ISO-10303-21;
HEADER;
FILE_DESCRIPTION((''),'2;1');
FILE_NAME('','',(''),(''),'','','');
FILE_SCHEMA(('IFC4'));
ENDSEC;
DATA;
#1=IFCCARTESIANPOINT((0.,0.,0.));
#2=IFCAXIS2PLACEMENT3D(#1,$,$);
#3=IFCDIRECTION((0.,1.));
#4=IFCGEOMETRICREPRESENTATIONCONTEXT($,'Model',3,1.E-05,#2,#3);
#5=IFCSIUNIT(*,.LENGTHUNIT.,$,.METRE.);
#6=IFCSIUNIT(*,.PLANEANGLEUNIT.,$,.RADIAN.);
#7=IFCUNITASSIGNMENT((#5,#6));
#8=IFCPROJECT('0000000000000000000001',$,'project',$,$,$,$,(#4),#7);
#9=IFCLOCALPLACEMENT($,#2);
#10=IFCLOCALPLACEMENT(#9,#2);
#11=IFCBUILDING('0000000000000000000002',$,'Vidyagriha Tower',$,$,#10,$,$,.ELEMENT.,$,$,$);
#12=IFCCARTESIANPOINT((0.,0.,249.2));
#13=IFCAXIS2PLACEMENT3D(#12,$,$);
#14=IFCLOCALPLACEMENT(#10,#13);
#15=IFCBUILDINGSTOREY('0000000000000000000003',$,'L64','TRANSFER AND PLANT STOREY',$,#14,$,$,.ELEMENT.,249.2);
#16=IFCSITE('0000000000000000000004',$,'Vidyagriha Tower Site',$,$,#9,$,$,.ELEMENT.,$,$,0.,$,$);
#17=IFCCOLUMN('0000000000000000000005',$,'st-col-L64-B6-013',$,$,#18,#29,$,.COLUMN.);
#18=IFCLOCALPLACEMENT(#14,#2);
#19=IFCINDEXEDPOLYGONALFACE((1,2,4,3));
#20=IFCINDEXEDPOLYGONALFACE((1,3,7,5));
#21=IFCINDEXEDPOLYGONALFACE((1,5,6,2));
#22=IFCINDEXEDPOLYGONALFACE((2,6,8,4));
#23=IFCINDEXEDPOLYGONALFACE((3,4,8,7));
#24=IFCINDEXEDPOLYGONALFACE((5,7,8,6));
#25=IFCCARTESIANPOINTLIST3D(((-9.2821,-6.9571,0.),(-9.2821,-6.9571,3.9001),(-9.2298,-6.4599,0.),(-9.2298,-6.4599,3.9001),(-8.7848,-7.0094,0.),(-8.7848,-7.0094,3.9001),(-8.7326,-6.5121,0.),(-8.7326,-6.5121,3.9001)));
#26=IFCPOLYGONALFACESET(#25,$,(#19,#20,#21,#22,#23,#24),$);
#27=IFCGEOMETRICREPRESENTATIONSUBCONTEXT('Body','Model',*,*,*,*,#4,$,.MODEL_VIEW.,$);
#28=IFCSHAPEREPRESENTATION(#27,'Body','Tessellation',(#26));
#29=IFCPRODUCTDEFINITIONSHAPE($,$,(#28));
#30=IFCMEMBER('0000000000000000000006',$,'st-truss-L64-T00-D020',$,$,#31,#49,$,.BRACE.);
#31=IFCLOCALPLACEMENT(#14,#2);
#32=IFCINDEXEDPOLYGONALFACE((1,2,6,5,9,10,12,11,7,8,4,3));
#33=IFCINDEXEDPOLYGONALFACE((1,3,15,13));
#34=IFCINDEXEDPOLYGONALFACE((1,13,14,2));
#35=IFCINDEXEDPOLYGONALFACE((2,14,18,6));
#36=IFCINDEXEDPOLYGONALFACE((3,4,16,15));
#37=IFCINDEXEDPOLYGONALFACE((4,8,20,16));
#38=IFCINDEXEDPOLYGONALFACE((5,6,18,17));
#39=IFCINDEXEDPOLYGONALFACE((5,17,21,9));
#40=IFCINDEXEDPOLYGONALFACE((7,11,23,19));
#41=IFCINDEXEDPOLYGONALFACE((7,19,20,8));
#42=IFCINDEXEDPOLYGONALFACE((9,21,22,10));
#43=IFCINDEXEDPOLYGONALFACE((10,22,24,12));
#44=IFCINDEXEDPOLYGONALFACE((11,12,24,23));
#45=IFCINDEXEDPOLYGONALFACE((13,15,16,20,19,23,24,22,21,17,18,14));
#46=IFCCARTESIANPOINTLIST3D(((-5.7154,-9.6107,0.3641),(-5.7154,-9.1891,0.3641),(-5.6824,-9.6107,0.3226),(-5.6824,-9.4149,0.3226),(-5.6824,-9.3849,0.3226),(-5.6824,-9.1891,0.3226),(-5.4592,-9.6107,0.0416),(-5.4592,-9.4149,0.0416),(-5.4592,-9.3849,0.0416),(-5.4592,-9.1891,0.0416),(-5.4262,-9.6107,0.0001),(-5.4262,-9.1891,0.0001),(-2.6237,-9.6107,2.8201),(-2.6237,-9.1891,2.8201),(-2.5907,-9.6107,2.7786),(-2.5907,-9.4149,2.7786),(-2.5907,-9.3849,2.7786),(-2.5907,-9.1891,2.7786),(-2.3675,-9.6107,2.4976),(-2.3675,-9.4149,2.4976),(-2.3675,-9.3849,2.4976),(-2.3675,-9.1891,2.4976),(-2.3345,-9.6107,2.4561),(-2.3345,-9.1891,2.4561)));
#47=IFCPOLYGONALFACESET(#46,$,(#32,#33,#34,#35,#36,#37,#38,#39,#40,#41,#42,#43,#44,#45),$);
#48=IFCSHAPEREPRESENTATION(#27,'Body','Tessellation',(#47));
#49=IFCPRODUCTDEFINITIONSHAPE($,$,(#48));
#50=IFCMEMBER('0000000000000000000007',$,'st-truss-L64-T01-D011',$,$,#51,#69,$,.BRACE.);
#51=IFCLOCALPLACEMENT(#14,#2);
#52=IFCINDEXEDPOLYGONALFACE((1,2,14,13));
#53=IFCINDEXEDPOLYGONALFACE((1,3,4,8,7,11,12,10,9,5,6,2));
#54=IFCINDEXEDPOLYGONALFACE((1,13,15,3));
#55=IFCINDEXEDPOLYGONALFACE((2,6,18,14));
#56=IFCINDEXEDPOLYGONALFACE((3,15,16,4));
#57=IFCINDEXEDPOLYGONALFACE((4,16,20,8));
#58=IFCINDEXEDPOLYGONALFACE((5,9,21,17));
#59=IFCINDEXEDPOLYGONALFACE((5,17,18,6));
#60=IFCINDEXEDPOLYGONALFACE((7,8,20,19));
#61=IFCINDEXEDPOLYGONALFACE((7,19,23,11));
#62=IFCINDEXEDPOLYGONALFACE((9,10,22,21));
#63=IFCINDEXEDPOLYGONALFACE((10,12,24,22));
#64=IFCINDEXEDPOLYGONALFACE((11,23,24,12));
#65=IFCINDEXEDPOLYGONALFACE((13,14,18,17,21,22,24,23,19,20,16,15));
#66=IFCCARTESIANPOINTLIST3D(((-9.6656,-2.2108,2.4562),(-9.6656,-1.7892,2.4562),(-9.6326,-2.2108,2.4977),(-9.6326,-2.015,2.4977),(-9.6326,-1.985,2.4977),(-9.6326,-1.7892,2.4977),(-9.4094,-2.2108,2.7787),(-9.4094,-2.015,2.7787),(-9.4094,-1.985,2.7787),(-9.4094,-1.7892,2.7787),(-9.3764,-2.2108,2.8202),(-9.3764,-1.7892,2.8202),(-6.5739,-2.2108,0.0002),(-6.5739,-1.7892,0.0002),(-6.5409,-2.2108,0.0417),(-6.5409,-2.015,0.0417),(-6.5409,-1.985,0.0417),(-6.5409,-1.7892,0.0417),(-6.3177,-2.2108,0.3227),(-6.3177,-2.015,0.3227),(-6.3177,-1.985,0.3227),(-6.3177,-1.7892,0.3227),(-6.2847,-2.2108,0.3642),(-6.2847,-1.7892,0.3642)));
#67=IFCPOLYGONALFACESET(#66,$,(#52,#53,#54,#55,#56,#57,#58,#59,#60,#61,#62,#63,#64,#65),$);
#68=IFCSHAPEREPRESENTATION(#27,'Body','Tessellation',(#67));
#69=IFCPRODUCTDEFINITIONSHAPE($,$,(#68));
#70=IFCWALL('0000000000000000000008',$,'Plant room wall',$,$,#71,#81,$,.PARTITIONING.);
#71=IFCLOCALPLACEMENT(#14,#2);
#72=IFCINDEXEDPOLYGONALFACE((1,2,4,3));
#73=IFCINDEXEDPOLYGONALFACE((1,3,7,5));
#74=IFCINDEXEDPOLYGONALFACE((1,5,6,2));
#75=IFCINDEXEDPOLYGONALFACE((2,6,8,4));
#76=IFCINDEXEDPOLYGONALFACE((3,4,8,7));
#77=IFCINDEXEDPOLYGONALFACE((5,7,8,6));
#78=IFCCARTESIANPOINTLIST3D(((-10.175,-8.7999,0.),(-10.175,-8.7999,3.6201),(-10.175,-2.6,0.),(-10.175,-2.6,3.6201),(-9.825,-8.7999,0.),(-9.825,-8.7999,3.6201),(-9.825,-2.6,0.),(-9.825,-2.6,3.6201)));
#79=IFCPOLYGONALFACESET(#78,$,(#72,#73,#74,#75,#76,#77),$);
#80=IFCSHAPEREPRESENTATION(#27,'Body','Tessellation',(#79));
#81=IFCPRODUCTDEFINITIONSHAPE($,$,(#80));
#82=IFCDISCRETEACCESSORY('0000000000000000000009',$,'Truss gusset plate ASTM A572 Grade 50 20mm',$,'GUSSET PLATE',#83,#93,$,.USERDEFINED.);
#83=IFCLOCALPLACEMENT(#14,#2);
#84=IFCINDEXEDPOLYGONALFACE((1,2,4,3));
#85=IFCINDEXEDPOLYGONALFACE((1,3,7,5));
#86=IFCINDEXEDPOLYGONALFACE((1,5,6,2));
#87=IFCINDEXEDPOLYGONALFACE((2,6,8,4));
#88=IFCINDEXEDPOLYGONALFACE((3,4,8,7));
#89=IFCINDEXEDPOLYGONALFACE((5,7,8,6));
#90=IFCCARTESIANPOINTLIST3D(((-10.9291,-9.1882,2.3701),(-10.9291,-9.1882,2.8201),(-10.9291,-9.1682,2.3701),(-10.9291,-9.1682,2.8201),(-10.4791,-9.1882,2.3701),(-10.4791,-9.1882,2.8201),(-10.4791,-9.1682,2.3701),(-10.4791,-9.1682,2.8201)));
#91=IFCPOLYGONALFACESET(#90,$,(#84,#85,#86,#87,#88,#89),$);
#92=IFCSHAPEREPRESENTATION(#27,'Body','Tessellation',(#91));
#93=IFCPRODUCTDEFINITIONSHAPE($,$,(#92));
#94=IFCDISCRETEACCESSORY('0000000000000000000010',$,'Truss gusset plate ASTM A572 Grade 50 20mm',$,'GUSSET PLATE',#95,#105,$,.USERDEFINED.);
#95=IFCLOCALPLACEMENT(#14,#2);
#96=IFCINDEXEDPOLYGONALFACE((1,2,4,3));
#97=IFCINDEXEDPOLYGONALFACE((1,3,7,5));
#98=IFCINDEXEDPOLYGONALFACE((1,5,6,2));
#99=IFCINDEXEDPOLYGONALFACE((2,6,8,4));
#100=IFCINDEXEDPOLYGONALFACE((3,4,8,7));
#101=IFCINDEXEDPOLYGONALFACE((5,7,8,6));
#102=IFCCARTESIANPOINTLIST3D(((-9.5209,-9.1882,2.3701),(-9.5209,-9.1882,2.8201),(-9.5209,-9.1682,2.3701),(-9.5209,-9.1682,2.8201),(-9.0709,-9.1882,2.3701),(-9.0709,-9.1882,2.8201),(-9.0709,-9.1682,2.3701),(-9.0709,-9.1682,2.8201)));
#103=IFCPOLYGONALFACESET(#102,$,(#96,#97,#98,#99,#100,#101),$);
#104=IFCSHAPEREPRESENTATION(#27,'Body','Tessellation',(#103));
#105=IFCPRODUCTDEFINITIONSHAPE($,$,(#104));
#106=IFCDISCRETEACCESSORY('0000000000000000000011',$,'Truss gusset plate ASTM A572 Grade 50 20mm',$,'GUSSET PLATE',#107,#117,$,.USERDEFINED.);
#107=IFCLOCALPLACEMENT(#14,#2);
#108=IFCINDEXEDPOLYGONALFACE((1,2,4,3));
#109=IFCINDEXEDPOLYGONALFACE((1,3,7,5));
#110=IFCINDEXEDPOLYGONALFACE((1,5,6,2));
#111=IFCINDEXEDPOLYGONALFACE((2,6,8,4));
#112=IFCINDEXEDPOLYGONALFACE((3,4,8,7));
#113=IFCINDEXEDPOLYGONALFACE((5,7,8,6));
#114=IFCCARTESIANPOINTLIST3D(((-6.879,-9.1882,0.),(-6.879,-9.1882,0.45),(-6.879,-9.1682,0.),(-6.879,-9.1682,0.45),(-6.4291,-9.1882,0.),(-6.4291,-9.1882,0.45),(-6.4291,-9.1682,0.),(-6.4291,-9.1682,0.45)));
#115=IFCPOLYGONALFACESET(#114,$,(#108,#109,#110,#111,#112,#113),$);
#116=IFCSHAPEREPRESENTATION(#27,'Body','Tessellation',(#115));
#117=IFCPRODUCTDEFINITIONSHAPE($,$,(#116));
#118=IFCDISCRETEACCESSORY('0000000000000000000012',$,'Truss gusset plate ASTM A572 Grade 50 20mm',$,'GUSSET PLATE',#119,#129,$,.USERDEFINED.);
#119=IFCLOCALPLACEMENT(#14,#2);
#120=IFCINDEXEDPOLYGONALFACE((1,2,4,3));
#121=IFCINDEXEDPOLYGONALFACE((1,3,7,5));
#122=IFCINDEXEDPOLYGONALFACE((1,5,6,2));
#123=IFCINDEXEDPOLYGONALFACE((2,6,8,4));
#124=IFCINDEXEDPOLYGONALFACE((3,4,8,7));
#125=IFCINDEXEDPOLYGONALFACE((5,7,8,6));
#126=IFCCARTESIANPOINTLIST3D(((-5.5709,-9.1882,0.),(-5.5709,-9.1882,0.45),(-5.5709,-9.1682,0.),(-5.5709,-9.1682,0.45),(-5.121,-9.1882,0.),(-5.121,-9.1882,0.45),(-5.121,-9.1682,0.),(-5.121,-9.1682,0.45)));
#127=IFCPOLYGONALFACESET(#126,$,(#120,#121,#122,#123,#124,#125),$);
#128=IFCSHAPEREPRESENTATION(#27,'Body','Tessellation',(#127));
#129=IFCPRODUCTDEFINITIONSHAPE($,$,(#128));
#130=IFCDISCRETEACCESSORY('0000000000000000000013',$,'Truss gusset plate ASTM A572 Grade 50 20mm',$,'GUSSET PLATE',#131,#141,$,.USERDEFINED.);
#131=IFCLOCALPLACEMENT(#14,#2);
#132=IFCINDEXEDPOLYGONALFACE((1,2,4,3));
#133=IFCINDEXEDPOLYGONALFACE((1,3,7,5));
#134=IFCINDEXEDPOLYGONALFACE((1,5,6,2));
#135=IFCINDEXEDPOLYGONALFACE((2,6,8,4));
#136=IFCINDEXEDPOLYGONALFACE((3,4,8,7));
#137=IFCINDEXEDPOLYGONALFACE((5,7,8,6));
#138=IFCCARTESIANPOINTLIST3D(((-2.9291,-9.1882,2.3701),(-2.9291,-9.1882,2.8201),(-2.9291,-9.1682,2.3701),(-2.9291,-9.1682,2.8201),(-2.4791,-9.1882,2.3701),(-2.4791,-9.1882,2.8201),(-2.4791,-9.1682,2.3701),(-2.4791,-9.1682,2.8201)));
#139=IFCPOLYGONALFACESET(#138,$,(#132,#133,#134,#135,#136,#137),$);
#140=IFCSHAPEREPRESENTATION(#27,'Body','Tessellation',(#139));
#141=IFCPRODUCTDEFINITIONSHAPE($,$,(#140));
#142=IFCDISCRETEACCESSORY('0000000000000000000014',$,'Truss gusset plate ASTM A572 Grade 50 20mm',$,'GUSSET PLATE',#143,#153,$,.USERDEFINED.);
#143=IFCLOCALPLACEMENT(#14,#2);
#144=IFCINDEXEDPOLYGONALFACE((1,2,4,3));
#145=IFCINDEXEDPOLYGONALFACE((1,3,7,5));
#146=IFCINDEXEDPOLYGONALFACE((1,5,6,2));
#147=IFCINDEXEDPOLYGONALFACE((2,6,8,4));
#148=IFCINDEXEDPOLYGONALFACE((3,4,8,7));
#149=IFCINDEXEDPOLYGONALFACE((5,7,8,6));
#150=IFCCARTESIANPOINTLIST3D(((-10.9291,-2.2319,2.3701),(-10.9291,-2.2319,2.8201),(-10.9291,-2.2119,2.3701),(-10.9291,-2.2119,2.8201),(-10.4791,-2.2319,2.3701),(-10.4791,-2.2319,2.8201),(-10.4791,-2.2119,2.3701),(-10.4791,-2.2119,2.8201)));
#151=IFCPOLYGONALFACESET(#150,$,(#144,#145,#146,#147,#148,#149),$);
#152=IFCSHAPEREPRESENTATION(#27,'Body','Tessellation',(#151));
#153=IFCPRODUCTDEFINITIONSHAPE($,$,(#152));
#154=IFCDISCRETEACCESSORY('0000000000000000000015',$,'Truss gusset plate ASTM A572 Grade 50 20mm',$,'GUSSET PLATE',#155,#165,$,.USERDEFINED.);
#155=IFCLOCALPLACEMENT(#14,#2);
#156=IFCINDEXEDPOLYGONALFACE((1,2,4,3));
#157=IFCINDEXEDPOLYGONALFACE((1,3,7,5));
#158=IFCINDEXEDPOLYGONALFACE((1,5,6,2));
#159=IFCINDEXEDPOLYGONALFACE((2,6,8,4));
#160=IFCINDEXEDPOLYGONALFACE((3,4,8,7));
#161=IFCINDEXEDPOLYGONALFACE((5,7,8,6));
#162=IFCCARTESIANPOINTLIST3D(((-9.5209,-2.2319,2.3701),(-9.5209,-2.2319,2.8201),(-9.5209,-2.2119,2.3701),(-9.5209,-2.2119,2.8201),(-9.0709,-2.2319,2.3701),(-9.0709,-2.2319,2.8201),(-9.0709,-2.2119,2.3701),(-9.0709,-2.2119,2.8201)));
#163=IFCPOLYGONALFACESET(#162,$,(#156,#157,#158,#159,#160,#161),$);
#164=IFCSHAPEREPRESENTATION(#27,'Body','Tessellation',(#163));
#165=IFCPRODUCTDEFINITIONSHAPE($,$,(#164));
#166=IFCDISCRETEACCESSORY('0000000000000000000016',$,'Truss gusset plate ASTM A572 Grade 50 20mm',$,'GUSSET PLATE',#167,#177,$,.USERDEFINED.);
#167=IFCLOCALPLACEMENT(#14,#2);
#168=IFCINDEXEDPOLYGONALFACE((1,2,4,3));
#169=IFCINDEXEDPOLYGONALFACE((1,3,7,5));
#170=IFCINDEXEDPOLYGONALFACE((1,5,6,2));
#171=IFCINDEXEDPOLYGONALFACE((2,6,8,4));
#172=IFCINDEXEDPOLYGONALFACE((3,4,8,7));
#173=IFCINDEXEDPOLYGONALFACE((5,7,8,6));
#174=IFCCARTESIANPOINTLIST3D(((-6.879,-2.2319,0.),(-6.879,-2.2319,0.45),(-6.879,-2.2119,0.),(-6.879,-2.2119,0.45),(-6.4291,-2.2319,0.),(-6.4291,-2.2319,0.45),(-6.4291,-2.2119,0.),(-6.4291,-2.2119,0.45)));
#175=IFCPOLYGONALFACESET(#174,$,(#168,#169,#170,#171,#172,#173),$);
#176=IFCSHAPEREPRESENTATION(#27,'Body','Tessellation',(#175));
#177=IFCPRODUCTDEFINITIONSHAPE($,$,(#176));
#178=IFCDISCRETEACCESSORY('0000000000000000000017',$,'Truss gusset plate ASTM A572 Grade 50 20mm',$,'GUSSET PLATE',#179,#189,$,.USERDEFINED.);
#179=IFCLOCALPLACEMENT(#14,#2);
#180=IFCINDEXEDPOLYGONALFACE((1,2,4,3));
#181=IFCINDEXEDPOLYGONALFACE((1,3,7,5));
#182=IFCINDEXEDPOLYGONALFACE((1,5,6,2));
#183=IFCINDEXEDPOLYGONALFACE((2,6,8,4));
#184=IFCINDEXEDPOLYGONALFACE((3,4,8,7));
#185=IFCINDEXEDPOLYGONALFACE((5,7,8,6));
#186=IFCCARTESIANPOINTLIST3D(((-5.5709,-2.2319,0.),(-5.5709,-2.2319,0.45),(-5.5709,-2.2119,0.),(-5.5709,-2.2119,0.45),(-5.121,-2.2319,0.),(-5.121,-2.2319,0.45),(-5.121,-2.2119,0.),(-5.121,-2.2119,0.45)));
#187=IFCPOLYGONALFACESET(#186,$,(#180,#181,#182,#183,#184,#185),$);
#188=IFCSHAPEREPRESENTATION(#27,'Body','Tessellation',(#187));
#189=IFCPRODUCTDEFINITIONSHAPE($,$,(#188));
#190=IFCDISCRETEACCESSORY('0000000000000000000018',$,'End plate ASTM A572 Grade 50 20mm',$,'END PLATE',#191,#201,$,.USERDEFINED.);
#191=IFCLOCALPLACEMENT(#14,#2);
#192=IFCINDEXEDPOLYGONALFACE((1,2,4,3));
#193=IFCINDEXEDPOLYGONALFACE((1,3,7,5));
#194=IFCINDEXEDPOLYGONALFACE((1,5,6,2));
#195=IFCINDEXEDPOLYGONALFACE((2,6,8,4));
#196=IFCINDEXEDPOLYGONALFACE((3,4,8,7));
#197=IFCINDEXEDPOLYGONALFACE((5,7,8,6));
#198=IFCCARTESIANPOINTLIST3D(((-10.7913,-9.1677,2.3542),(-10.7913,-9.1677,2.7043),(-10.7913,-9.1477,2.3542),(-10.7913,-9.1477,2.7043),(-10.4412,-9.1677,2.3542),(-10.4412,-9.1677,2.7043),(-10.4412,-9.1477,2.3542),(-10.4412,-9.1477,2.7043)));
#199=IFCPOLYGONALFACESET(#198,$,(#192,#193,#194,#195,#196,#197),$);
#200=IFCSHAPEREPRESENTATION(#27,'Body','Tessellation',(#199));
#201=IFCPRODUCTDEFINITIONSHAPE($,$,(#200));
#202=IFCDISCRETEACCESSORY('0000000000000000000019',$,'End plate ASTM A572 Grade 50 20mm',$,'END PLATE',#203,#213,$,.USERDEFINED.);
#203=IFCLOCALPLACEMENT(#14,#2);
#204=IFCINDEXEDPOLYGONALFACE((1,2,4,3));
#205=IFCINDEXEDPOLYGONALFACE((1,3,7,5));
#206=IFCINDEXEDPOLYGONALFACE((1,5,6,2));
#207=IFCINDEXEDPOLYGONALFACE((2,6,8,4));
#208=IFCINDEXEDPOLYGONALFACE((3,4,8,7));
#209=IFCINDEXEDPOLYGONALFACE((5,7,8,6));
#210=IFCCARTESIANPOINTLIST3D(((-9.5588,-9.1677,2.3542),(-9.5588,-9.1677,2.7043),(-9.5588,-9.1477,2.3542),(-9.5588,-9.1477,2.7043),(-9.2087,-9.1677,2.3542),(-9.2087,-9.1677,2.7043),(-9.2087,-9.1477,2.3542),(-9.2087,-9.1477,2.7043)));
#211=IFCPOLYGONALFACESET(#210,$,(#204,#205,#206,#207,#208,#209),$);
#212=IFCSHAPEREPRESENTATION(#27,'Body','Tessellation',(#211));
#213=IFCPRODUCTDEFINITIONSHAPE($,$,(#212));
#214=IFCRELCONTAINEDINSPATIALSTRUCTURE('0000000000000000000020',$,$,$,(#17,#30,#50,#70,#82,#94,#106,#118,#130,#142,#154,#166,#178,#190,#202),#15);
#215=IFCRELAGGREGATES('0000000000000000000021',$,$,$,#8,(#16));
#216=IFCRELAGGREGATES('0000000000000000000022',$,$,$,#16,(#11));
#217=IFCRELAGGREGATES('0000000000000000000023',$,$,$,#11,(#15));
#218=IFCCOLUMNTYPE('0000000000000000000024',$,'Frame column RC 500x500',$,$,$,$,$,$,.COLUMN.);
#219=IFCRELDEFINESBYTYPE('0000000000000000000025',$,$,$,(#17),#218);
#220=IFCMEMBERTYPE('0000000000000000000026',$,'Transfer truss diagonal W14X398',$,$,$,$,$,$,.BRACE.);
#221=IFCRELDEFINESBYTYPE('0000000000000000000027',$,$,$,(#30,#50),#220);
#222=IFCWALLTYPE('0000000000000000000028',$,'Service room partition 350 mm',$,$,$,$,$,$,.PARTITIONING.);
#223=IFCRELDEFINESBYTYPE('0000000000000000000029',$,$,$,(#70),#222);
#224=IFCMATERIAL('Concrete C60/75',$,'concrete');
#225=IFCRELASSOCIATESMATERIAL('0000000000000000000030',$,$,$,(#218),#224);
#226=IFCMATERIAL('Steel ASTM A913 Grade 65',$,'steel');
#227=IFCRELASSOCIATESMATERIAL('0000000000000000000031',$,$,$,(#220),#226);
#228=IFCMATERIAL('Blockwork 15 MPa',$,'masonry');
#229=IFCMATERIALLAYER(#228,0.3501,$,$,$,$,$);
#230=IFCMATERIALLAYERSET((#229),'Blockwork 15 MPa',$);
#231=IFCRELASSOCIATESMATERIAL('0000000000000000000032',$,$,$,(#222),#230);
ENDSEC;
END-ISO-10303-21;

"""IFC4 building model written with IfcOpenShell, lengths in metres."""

from ifc_helpers import new_model, si_unit, direction, frame, frame_2d, origin, origin_2d, place, context, subcontext, project, spatial, rectangle, i_section, extrude, material, layer, layer_set, material_profile, profile_set, type_object, element, save


model = new_model("IFC4")

# Units and contexts
model_context = context("Model", 3, precision=1e-05, world=origin(), true_north=direction((0.0, 1.0)))
body_context = subcontext(model_context, "Body", "Model", "MODEL_VIEW")
ifc_project = project(units=[si_unit("LENGTHUNIT", "METRE"), si_unit("PLANEANGLEUNIT", "RADIAN")], contexts=[model_context])

# Site, building, storey
site_placement = place(None, origin())
site = spatial("IfcSite", under=ifc_project, at=site_placement, Name="Vidyagriha Tower Site", CompositionType="ELEMENT", RefElevation=0.0)
building_placement = place(site_placement, origin())
building = spatial("IfcBuilding", under=site, at=building_placement, Name="Vidyagriha Tower", CompositionType="ELEMENT")
storey_placement = place(building_placement, frame((0.0, 0.0, 249.2)))
storey = spatial("IfcBuildingStorey", under=building, at=storey_placement, Name="L64", Description="TRANSFER AND PLANT STOREY", CompositionType="ELEMENT", Elevation=249.2)

# Column
ifc_material_1 = material(Name="Concrete C60/75", Category="concrete")
ifc_material_profile_1 = material_profile(ifc_material_1, rectangle(XDim=0.5, YDim=0.5, at=origin_2d()), Name="RC 500x500")
ifc_profile_set_1 = profile_set([ifc_material_profile_1], Name="Concrete C60/75")
column_type = type_object("IfcColumnType", Name="Frame column RC 500x500", PredefinedType="COLUMN", material=ifc_profile_set_1)
column_placement = place(storey_placement, frame((-9.0073, -6.7346, 0.0), z_axis=(0.0, 0.0, 1.0), x_axis=(0.994522, -0.104528, 0.0)))
element("IfcColumn", 1, at=column_placement, inside=storey, type_object=column_type, Name="st-col-L64-B6-013", PredefinedType="COLUMN", context=body_context, shape_type="SweptSolid", body=[
    extrude(rectangle(XDim=0.5, YDim=0.5, at=origin_2d()), origin(), (0.0, 0.0, 1.0), 3.9001),
])

# Members
ifc_material_2 = material(Name="Steel ASTM A913 Grade 65", Category="steel")
ifc_material_profile_2 = material_profile(ifc_material_2, i_section(OverallWidth=0.4216, OverallDepth=0.4648, WebThickness=0.03, FlangeThickness=0.053, at=origin_2d()), Name="W14X398")
ifc_profile_set_2 = profile_set([ifc_material_profile_2], Name="Steel ASTM A913 Grade 65")
member_type = type_object("IfcMemberType", Name="Transfer truss diagonal W14X398", PredefinedType="BRACE", material=ifc_profile_set_2)
for number, where, z_axis, x_axis, name in (
    (2, (-5.5708, -9.3999, 0.1821), (0.783012, 0.0, 0.622007), (0.0, 1.0, 0.0), "st-truss-L64-T00-D020"),
    (3, (-9.521, -2.0, 2.6382), (0.783012, 0.0, -0.622007), (0.0, 1.0, 0.0), "st-truss-L64-T01-D011"),
):
    element("IfcMember", number, at=place(storey_placement, frame(where, z_axis=z_axis, x_axis=x_axis)), inside=storey, type_object=member_type, Name=name, PredefinedType="BRACE", context=body_context, shape_type="SweptSolid", body=[
        extrude(i_section(OverallWidth=0.4216, OverallDepth=0.4648, WebThickness=0.03, FlangeThickness=0.053, at=origin_2d()), origin(), (0.0, 0.0, 1.0), 3.9485),
    ])

# Wall
ifc_material_3 = material(Name="Blockwork 15 MPa", Category="masonry")
ifc_layer = layer(ifc_material_3, 0.3501)
ifc_layer_set = layer_set([ifc_layer], Name="Blockwork 15 MPa")
wall_type = type_object("IfcWallType", Name="Service room partition 350 mm", PredefinedType="PARTITIONING", material=ifc_layer_set)
wall_placement = place(storey_placement, frame((-10.0, -8.8, 0.0), z_axis=(0.0, 0.0, 1.0), x_axis=(0.0, 1.0, 0.0)))
element("IfcWall", 4, at=wall_placement, inside=storey, type_object=wall_type, Name="Plant room wall", PredefinedType="PARTITIONING", context=body_context, shape_type="SweptSolid", body=[
    extrude(rectangle(XDim=6.2, YDim=0.3501, at=frame_2d((3.1001, 0.0))), origin(), (0.0, 0.0, 1.0), 3.6201),
])

# Discrete accessories
for number, where, name in (
    (5, (-10.7041, -9.1782, 2.3701), "Truss gusset plate ASTM A572 Grade 50 20mm"),
    (6, (-9.2959, -9.1782, 2.3701), "Truss gusset plate ASTM A572 Grade 50 20mm"),
    (7, (-6.6541, -9.1782, 0.0), "Truss gusset plate ASTM A572 Grade 50 20mm"),
    (8, (-5.3459, -9.1782, 0.0), "Truss gusset plate ASTM A572 Grade 50 20mm"),
    (9, (-2.7041, -9.1782, 2.3701), "Truss gusset plate ASTM A572 Grade 50 20mm"),
    (10, (-10.7041, -2.2219, 2.3701), "Truss gusset plate ASTM A572 Grade 50 20mm"),
    (11, (-9.2959, -2.2219, 2.3701), "Truss gusset plate ASTM A572 Grade 50 20mm"),
    (12, (-6.6541, -2.2219, 0.0), "Truss gusset plate ASTM A572 Grade 50 20mm"),
    (13, (-5.3459, -2.2219, 0.0), "Truss gusset plate ASTM A572 Grade 50 20mm"),
):
    element("IfcDiscreteAccessory", number, at=place(storey_placement, frame(where)), inside=storey, Name=name, ObjectType="GUSSET PLATE", PredefinedType="USERDEFINED", context=body_context, shape_type="SweptSolid", body=[
        extrude(rectangle(XDim=0.45, YDim=0.02, at=origin_2d()), origin(), (0.0, 0.0, 1.0), 0.45),
    ])
discrete_accessory_1_placement = place(storey_placement, frame((-10.6162, -9.1577, 2.3542)))
element("IfcDiscreteAccessory", 14, at=discrete_accessory_1_placement, inside=storey, Name="End plate ASTM A572 Grade 50 20mm", ObjectType="END PLATE", PredefinedType="USERDEFINED", context=body_context, shape_type="SweptSolid", body=[
    extrude(rectangle(XDim=0.3501, YDim=0.02, at=origin_2d()), origin(), (0.0, 0.0, 1.0), 0.3501),
])
discrete_accessory_2_placement = place(storey_placement, frame((-9.3838, -9.1577, 2.3542), z_axis=(0.0, 0.0, 1.0), x_axis=(-1.0, 0.0, 0.0)))
element("IfcDiscreteAccessory", 15, at=discrete_accessory_2_placement, inside=storey, Name="End plate ASTM A572 Grade 50 20mm", ObjectType="END PLATE", PredefinedType="USERDEFINED", context=body_context, shape_type="SweptSolid", body=[
    extrude(rectangle(XDim=0.3501, YDim=0.02, at=origin_2d()), origin(), (0.0, 0.0, 1.0), 0.3501),
])

save(model, "model.ifc")
